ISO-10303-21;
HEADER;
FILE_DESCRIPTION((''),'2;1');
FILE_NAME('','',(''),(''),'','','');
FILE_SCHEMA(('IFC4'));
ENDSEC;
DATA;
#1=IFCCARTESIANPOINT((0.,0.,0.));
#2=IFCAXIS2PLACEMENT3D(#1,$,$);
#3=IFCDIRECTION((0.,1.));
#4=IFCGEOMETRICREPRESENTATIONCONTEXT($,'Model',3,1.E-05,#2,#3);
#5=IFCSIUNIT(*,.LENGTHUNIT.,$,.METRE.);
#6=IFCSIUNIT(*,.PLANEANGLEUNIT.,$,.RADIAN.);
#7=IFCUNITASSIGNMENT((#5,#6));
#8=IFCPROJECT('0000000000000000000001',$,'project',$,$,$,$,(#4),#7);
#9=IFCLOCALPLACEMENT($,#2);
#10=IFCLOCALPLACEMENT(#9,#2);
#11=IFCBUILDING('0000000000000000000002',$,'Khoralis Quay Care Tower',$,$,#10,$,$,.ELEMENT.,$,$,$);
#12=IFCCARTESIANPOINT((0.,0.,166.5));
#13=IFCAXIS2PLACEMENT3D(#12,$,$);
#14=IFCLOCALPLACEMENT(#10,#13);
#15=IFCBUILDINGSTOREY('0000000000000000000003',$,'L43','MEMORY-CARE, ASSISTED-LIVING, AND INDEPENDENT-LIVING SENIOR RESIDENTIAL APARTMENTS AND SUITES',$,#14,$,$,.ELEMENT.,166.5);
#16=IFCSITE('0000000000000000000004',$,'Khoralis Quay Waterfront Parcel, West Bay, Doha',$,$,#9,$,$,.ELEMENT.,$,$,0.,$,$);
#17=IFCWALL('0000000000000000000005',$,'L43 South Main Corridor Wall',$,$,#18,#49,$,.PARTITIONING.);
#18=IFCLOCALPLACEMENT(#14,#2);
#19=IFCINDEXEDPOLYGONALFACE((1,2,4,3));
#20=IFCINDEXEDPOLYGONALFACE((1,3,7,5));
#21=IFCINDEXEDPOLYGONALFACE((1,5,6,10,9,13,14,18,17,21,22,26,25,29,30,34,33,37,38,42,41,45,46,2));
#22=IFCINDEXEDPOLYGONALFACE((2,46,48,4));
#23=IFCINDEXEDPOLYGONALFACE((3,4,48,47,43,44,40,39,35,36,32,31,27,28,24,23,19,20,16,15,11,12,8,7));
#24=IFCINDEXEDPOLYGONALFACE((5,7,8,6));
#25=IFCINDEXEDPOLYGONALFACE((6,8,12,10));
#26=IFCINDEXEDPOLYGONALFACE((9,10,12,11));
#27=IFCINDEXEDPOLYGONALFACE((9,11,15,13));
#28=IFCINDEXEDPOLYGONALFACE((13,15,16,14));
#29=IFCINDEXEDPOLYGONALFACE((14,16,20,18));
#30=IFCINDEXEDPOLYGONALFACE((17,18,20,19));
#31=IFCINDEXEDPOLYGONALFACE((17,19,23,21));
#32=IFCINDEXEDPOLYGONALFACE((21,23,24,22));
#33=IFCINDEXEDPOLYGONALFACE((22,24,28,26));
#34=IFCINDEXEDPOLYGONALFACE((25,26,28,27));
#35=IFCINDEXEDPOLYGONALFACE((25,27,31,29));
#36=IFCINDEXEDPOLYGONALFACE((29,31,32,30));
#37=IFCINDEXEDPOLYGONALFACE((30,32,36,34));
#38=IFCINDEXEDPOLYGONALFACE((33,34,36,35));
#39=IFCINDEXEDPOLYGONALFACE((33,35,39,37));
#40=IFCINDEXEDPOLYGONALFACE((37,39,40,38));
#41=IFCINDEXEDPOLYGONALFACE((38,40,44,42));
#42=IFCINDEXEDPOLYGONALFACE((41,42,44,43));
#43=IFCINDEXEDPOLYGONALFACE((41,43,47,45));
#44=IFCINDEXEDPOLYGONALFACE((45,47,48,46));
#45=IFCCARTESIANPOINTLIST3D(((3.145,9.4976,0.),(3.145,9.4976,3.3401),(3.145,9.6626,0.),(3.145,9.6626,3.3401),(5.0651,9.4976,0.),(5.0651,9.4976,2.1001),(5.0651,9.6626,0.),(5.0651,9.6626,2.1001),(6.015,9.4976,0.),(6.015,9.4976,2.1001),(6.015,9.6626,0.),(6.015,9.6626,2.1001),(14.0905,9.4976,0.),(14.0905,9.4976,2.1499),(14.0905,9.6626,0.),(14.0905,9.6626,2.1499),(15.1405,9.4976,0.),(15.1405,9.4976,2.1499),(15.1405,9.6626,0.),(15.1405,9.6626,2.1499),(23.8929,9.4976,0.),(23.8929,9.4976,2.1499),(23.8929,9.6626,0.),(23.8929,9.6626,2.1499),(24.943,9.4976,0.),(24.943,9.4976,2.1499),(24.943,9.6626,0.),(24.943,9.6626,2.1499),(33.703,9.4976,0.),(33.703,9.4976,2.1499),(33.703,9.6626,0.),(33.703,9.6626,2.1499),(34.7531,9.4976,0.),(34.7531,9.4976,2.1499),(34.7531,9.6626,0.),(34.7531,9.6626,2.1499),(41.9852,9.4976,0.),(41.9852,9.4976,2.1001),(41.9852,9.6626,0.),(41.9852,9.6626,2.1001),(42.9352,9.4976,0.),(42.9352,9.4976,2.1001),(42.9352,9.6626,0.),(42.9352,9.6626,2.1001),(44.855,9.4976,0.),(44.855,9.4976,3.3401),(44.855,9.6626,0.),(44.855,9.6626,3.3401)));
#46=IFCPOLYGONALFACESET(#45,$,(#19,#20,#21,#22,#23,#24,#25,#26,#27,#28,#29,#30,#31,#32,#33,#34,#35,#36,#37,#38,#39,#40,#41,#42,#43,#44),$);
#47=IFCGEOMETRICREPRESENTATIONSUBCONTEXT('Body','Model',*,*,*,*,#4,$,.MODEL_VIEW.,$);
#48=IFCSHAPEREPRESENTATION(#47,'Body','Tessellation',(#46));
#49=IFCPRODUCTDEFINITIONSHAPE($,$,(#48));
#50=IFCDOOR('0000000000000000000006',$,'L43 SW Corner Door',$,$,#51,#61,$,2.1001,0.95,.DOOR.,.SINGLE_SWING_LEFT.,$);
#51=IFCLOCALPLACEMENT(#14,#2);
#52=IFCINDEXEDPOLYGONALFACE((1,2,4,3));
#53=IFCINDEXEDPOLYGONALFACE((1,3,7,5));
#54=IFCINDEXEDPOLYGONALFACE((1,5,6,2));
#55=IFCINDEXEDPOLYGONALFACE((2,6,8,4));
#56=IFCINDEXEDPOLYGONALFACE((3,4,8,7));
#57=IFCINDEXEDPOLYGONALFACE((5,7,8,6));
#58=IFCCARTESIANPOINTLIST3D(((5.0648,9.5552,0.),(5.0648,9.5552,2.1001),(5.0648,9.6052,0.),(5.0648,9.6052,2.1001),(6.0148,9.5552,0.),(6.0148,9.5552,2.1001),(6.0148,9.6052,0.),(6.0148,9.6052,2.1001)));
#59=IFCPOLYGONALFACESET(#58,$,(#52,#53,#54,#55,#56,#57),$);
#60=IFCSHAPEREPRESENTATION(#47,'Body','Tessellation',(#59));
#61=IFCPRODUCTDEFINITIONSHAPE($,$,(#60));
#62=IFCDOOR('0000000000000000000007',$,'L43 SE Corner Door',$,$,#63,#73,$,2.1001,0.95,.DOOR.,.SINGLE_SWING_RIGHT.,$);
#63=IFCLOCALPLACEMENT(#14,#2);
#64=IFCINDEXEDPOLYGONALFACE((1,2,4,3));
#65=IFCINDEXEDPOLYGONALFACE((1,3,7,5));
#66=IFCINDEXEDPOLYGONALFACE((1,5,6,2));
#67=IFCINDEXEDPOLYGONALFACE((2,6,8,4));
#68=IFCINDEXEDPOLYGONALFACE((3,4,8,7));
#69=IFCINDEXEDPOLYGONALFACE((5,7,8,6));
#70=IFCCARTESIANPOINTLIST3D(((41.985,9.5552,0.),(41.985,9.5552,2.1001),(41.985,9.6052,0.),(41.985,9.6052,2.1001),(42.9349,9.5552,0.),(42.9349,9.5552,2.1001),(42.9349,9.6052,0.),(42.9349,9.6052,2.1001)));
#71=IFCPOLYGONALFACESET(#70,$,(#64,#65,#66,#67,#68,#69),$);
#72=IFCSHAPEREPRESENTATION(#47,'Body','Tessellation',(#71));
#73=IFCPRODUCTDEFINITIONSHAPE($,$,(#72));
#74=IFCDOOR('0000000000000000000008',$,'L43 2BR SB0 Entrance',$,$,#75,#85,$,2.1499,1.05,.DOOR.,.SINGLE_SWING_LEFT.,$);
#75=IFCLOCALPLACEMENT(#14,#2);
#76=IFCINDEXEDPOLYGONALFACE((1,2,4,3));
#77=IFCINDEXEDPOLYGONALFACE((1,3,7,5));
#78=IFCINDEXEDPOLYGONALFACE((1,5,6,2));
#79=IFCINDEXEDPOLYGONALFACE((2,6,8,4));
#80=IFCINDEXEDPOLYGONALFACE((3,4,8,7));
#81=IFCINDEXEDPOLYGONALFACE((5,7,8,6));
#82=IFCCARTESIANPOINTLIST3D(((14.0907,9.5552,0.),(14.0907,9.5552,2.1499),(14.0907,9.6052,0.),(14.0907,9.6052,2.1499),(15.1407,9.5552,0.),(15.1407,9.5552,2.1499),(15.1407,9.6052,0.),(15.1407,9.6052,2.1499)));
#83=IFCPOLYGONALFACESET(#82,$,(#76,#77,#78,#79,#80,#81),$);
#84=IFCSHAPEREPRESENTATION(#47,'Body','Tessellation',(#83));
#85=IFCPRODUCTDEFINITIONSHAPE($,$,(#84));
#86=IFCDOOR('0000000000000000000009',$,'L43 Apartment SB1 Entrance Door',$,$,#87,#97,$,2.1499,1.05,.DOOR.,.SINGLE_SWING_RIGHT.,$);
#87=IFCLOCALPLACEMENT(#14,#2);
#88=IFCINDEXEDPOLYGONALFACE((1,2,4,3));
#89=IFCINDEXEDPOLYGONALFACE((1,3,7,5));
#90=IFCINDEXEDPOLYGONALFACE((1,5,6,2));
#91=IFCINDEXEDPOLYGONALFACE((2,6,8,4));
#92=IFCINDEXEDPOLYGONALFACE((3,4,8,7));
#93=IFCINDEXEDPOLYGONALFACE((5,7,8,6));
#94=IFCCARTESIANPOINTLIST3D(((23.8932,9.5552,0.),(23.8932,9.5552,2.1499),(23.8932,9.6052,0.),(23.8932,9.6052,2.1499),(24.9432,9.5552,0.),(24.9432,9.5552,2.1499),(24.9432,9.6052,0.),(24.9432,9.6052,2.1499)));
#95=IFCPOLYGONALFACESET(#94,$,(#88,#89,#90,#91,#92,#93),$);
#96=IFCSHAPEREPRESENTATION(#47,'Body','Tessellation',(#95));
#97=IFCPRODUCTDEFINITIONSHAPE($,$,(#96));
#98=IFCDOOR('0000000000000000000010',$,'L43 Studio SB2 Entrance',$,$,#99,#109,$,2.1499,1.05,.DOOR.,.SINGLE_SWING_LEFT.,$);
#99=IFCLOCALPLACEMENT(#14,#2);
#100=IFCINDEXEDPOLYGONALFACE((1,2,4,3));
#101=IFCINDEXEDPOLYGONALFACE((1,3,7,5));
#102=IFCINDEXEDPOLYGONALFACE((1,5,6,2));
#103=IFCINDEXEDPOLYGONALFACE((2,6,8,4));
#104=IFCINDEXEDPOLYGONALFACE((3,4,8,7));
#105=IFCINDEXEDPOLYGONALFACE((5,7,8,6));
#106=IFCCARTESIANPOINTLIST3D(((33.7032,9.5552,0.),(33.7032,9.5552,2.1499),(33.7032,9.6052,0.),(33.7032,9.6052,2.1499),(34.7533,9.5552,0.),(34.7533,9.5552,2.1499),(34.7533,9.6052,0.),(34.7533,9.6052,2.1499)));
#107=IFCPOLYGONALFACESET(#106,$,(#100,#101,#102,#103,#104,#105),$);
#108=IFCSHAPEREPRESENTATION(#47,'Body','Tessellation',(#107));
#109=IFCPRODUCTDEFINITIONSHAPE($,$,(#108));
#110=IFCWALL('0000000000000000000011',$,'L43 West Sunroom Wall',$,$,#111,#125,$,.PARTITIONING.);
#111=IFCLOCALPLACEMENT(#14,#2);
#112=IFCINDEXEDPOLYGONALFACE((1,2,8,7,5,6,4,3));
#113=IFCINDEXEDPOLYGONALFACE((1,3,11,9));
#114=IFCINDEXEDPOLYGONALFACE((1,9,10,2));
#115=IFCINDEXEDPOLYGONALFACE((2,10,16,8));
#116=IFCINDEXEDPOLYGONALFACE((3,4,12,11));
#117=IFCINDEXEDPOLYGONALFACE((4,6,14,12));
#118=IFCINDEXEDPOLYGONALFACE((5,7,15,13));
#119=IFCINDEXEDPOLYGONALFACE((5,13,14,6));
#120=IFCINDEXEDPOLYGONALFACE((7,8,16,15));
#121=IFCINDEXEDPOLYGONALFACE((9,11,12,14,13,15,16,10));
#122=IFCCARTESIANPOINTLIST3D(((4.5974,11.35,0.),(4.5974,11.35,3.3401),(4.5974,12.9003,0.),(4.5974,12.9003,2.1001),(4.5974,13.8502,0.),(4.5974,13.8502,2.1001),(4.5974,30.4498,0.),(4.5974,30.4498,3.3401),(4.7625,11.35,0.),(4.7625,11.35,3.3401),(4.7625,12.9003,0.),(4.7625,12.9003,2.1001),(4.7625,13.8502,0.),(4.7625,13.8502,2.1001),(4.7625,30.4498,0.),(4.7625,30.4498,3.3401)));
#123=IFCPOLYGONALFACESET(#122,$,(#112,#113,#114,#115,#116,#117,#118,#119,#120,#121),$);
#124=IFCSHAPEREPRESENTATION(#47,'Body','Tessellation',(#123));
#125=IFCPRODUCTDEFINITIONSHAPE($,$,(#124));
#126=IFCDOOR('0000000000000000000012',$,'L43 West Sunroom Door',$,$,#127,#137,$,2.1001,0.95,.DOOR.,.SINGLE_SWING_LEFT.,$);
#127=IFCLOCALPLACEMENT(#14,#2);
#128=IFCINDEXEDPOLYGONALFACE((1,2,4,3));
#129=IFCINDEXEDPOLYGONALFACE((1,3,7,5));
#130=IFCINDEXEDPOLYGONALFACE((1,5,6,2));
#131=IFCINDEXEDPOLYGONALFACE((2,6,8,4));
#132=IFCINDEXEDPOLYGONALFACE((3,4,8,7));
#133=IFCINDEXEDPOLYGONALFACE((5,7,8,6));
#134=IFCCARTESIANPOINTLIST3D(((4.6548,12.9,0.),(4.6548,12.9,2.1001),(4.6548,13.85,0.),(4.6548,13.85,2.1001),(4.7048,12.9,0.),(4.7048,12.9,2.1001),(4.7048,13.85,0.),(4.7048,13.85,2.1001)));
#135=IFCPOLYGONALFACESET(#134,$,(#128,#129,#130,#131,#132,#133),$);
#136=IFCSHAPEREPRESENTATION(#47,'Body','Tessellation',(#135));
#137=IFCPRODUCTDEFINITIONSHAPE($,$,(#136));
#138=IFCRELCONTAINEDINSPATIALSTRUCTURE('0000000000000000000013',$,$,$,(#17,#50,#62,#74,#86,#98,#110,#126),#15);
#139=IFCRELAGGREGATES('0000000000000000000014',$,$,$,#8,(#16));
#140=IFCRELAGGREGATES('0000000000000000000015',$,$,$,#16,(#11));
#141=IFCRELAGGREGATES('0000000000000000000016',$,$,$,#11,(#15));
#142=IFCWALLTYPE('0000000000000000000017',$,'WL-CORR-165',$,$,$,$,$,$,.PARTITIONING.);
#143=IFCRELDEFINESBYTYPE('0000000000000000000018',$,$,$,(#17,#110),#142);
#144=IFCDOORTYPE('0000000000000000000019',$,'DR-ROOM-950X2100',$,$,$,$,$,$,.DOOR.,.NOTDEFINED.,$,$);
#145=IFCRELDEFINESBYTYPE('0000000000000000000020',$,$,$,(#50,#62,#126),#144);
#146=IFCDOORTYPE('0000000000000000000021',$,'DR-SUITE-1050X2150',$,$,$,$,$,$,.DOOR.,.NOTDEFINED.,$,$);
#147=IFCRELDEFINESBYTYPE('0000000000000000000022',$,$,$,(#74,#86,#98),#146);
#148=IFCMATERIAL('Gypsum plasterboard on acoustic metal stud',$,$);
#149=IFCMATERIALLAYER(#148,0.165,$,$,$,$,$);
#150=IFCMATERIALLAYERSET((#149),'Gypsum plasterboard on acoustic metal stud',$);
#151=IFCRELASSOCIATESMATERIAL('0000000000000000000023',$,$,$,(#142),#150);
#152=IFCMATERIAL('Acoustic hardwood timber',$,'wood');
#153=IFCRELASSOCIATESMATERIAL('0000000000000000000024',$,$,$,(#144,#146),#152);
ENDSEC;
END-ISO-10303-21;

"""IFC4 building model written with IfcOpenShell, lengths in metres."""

from ifc_helpers import new_model, si_unit, direction, frame, frame_2d, origin, place, context, subcontext, project, spatial, rectangle, extrude, source, transform, mapped, material, layer, layer_set, type_object, element, fill, save


model = new_model("IFC4")

# Units and contexts
model_context = context("Model", 3, precision=1e-05, world=origin(), true_north=direction((0.0, 1.0)))
body_context = subcontext(model_context, "Body", "Model", "MODEL_VIEW")
ifc_project = project(units=[si_unit("LENGTHUNIT", "METRE"), si_unit("PLANEANGLEUNIT", "RADIAN")], contexts=[model_context])

# Site, building, storey
site_placement = place(None, origin())
site = spatial("IfcSite", under=ifc_project, at=site_placement, Name="Khoralis Quay Waterfront Parcel, West Bay, Doha", CompositionType="ELEMENT", RefElevation=0.0)
building_placement = place(site_placement, origin())
building = spatial("IfcBuilding", under=site, at=building_placement, Name="Khoralis Quay Care Tower", CompositionType="ELEMENT")
storey_placement = place(building_placement, frame((0.0, 0.0, 166.5)))
storey = spatial("IfcBuildingStorey", under=building, at=storey_placement, Name="L43", Description="MEMORY-CARE, ASSISTED-LIVING, AND INDEPENDENT-LIVING SENIOR RESIDENTIAL APARTMENTS AND SUITES", CompositionType="ELEMENT", Elevation=166.5)

# Shared definitions
ifc_material_1 = material(Name="Gypsum plasterboard on acoustic metal stud")

# Wall, openings, doors
ifc_layer_1 = layer(ifc_material_1, 0.165)
ifc_layer_set_1 = layer_set([ifc_layer_1], Name="Gypsum plasterboard on acoustic metal stud")
wall_type_1 = type_object("IfcWallType", Name="WL-CORR-165", PredefinedType="PARTITIONING", material=ifc_layer_set_1)
wall_1_placement = place(storey_placement, frame((3.145, 9.5801, 0.0), z_axis=(0.0, 0.0, 1.0), x_axis=(1.0, 0.0, 0.0)))
wall_1 = element("IfcWall", 1, at=wall_1_placement, inside=storey, type_object=wall_type_1, Name="L43 South Main Corridor Wall", PredefinedType="PARTITIONING", context=body_context, shape_type="SweptSolid", body=[
    extrude(rectangle(XDim=41.71, YDim=0.165, at=frame_2d((20.855, 0.0))), origin(), (0.0, 0.0, 1.0), 3.3401),
])
opening_1_placement = place(wall_1_placement, frame((10.9456, 0.0, 0.0)))
opening_1 = element("IfcOpeningElement", 2, at=opening_1_placement, cuts=wall_1, PredefinedType="OPENING", context=body_context, shape_type="SweptSolid", body=[
    extrude(rectangle(XDim=1.05, YDim=2.1499, at=frame_2d((0.5249, 1.075))), frame((0.0, 0.0925, 0.0), z_axis=(0.0, -1.0, 0.0), x_axis=(1.0, 0.0, 0.0)), (0.0, 0.0, 1.0), 0.1851),
])
opening_2_placement = place(wall_1_placement, frame((20.748, 0.0, 0.0)))
opening_2 = element("IfcOpeningElement", 3, at=opening_2_placement, cuts=wall_1, PredefinedType="OPENING", context=body_context, shape_type="SweptSolid", body=[
    extrude(rectangle(XDim=1.05, YDim=2.1499, at=frame_2d((0.5249, 1.075))), frame((0.0, 0.0925, 0.0), z_axis=(0.0, -1.0, 0.0), x_axis=(1.0, 0.0, 0.0)), (0.0, 0.0, 1.0), 0.1851),
])
opening_3_placement = place(wall_1_placement, frame((30.5581, 0.0, 0.0)))
opening_3 = element("IfcOpeningElement", 4, at=opening_3_placement, cuts=wall_1, PredefinedType="OPENING", context=body_context, shape_type="SweptSolid", body=[
    extrude(rectangle(XDim=1.05, YDim=2.1499, at=frame_2d((0.5249, 1.075))), frame((0.0, 0.0925, 0.0), z_axis=(0.0, -1.0, 0.0), x_axis=(1.0, 0.0, 0.0)), (0.0, 0.0, 1.0), 0.1851),
])
opening_4_placement = place(wall_1_placement, frame((1.9199, 0.0, 0.0)))
opening_4 = element("IfcOpeningElement", 5, at=opening_4_placement, cuts=wall_1, PredefinedType="OPENING", context=body_context, shape_type="SweptSolid", body=[
    extrude(rectangle(XDim=0.95, YDim=2.1001, at=frame_2d((0.4751, 1.05))), frame((0.0, 0.0925, 0.0), z_axis=(0.0, -1.0, 0.0), x_axis=(1.0, 0.0, 0.0)), (0.0, 0.0, 1.0), 0.1851),
])
opening_5_placement = place(wall_1_placement, frame((38.8401, 0.0, 0.0)))
opening_5 = element("IfcOpeningElement", 6, at=opening_5_placement, cuts=wall_1, PredefinedType="OPENING", context=body_context, shape_type="SweptSolid", body=[
    extrude(rectangle(XDim=0.95, YDim=2.1001, at=frame_2d((0.4751, 1.05))), frame((0.0, 0.0925, 0.0), z_axis=(0.0, -1.0, 0.0), x_axis=(1.0, 0.0, 0.0)), (0.0, 0.0, 1.0), 0.1851),
])
ifc_material_2 = material(Name="Acoustic hardwood timber", Category="wood")
door_type_1 = type_object("IfcDoorType", Name="DR-ROOM-950X2100", OperationType="NOTDEFINED", PredefinedType="DOOR", material=ifc_material_2)
shared_shape_1 = source(origin(), body_context, "Body", "SweptSolid", [
    extrude(rectangle(XDim=0.95, YDim=2.1001, at=frame_2d((0.4751, 1.05))), frame((0.0, 0.0249, 0.0), z_axis=(0.0, -1.0, 0.0), x_axis=(1.0, 0.0, 0.0)), (0.0, 0.0, 1.0), 0.05),
])
door_1_placement = place(opening_4_placement, frame((0.95, 0.0, 0.0), z_axis=(0.0, 0.0, 1.0), x_axis=(-1.0, 0.0, 0.0)))
door_1 = element("IfcDoor", 7, at=door_1_placement, inside=storey, type_object=door_type_1, Name="L43 SW Corner Door", OperationType="SINGLE_SWING_LEFT", OverallHeight=2.1001, OverallWidth=0.95, PredefinedType="DOOR", context=body_context, shape_type="MappedRepresentation", body=[
    mapped(shared_shape_1, transform((0.0, 0.0, 0.0), scale=1.0)),
])
fill(opening_4, door_1)
door_2_placement = place(opening_5_placement, frame((0.95, 0.0, 0.0), z_axis=(0.0, 0.0, 1.0), x_axis=(-1.0, 0.0, 0.0)))
door_2 = element("IfcDoor", 8, at=door_2_placement, inside=storey, type_object=door_type_1, Name="L43 SE Corner Door", OperationType="SINGLE_SWING_RIGHT", OverallHeight=2.1001, OverallWidth=0.95, PredefinedType="DOOR", context=body_context, shape_type="MappedRepresentation", body=[
    mapped(shared_shape_1, transform((0.0, 0.0, 0.0), scale=1.0)),
])
fill(opening_5, door_2)
door_type_2 = type_object("IfcDoorType", Name="DR-SUITE-1050X2150", OperationType="NOTDEFINED", PredefinedType="DOOR", material=ifc_material_2)
shared_shape_2 = source(origin(), body_context, "Body", "SweptSolid", [
    extrude(rectangle(XDim=1.05, YDim=2.1499, at=frame_2d((0.5249, 1.075))), frame((0.0, 0.0249, 0.0), z_axis=(0.0, -1.0, 0.0), x_axis=(1.0, 0.0, 0.0)), (0.0, 0.0, 1.0), 0.05),
])
door_3_placement = place(opening_1_placement, frame((1.05, 0.0, 0.0), z_axis=(0.0, 0.0, 1.0), x_axis=(-1.0, 0.0, 0.0)))
door_3 = element("IfcDoor", 9, at=door_3_placement, inside=storey, type_object=door_type_2, Name="L43 2BR SB0 Entrance", OperationType="SINGLE_SWING_LEFT", OverallHeight=2.1499, OverallWidth=1.05, PredefinedType="DOOR", context=body_context, shape_type="MappedRepresentation", body=[
    mapped(shared_shape_2, transform((0.0, 0.0, 0.0), scale=1.0)),
])
fill(opening_1, door_3)
door_4_placement = place(opening_2_placement, frame((1.05, 0.0, 0.0), z_axis=(0.0, 0.0, 1.0), x_axis=(-1.0, 0.0, 0.0)))
door_4 = element("IfcDoor", 10, at=door_4_placement, inside=storey, type_object=door_type_2, Name="L43 Apartment SB1 Entrance Door", OperationType="SINGLE_SWING_RIGHT", OverallHeight=2.1499, OverallWidth=1.05, PredefinedType="DOOR", context=body_context, shape_type="MappedRepresentation", body=[
    mapped(shared_shape_2, transform((0.0, 0.0, 0.0), scale=1.0)),
])
fill(opening_2, door_4)
door_5_placement = place(opening_3_placement, frame((1.05, 0.0, 0.0), z_axis=(0.0, 0.0, 1.0), x_axis=(-1.0, 0.0, 0.0)))
door_5 = element("IfcDoor", 11, at=door_5_placement, inside=storey, type_object=door_type_2, Name="L43 Studio SB2 Entrance", OperationType="SINGLE_SWING_LEFT", OverallHeight=2.1499, OverallWidth=1.05, PredefinedType="DOOR", context=body_context, shape_type="MappedRepresentation", body=[
    mapped(shared_shape_2, transform((0.0, 0.0, 0.0), scale=1.0)),
])
fill(opening_3, door_5)

# Wall, opening, door
wall_2_placement = place(storey_placement, frame((4.6799, 11.3501, 0.0), z_axis=(0.0, 0.0, 1.0), x_axis=(0.0, 1.0, 0.0)))
wall_2 = element("IfcWall", 12, at=wall_2_placement, inside=storey, type_object=wall_type_1, Name="L43 West Sunroom Wall", PredefinedType="PARTITIONING", context=body_context, shape_type="SweptSolid", body=[
    extrude(rectangle(XDim=19.0999, YDim=0.165, at=frame_2d((9.5498, 0.0))), origin(), (0.0, 0.0, 1.0), 3.3401),
])
opening_6_placement = place(wall_2_placement, frame((1.55, 0.0, 0.0)))
opening_6 = element("IfcOpeningElement", 13, at=opening_6_placement, cuts=wall_2, PredefinedType="OPENING", context=body_context, shape_type="SweptSolid", body=[
    extrude(rectangle(XDim=0.95, YDim=2.1001, at=frame_2d((0.4751, 1.05))), frame((0.0, 0.0925, 0.0), z_axis=(0.0, -1.0, 0.0), x_axis=(1.0, 0.0, 0.0)), (0.0, 0.0, 1.0), 0.1851),
])
door_6_placement = place(opening_6_placement, frame((0.95, 0.0, 0.0), z_axis=(0.0, 0.0, 1.0), x_axis=(-1.0, 0.0, 0.0)))
door_6 = element("IfcDoor", 14, at=door_6_placement, inside=storey, type_object=door_type_1, Name="L43 West Sunroom Door", OperationType="SINGLE_SWING_LEFT", OverallHeight=2.1001, OverallWidth=0.95, PredefinedType="DOOR", context=body_context, shape_type="MappedRepresentation", body=[
    mapped(shared_shape_1, transform((0.0, 0.0, 0.0), scale=1.0)),
])
fill(opening_6, door_6)

save(model, "model.ifc")
